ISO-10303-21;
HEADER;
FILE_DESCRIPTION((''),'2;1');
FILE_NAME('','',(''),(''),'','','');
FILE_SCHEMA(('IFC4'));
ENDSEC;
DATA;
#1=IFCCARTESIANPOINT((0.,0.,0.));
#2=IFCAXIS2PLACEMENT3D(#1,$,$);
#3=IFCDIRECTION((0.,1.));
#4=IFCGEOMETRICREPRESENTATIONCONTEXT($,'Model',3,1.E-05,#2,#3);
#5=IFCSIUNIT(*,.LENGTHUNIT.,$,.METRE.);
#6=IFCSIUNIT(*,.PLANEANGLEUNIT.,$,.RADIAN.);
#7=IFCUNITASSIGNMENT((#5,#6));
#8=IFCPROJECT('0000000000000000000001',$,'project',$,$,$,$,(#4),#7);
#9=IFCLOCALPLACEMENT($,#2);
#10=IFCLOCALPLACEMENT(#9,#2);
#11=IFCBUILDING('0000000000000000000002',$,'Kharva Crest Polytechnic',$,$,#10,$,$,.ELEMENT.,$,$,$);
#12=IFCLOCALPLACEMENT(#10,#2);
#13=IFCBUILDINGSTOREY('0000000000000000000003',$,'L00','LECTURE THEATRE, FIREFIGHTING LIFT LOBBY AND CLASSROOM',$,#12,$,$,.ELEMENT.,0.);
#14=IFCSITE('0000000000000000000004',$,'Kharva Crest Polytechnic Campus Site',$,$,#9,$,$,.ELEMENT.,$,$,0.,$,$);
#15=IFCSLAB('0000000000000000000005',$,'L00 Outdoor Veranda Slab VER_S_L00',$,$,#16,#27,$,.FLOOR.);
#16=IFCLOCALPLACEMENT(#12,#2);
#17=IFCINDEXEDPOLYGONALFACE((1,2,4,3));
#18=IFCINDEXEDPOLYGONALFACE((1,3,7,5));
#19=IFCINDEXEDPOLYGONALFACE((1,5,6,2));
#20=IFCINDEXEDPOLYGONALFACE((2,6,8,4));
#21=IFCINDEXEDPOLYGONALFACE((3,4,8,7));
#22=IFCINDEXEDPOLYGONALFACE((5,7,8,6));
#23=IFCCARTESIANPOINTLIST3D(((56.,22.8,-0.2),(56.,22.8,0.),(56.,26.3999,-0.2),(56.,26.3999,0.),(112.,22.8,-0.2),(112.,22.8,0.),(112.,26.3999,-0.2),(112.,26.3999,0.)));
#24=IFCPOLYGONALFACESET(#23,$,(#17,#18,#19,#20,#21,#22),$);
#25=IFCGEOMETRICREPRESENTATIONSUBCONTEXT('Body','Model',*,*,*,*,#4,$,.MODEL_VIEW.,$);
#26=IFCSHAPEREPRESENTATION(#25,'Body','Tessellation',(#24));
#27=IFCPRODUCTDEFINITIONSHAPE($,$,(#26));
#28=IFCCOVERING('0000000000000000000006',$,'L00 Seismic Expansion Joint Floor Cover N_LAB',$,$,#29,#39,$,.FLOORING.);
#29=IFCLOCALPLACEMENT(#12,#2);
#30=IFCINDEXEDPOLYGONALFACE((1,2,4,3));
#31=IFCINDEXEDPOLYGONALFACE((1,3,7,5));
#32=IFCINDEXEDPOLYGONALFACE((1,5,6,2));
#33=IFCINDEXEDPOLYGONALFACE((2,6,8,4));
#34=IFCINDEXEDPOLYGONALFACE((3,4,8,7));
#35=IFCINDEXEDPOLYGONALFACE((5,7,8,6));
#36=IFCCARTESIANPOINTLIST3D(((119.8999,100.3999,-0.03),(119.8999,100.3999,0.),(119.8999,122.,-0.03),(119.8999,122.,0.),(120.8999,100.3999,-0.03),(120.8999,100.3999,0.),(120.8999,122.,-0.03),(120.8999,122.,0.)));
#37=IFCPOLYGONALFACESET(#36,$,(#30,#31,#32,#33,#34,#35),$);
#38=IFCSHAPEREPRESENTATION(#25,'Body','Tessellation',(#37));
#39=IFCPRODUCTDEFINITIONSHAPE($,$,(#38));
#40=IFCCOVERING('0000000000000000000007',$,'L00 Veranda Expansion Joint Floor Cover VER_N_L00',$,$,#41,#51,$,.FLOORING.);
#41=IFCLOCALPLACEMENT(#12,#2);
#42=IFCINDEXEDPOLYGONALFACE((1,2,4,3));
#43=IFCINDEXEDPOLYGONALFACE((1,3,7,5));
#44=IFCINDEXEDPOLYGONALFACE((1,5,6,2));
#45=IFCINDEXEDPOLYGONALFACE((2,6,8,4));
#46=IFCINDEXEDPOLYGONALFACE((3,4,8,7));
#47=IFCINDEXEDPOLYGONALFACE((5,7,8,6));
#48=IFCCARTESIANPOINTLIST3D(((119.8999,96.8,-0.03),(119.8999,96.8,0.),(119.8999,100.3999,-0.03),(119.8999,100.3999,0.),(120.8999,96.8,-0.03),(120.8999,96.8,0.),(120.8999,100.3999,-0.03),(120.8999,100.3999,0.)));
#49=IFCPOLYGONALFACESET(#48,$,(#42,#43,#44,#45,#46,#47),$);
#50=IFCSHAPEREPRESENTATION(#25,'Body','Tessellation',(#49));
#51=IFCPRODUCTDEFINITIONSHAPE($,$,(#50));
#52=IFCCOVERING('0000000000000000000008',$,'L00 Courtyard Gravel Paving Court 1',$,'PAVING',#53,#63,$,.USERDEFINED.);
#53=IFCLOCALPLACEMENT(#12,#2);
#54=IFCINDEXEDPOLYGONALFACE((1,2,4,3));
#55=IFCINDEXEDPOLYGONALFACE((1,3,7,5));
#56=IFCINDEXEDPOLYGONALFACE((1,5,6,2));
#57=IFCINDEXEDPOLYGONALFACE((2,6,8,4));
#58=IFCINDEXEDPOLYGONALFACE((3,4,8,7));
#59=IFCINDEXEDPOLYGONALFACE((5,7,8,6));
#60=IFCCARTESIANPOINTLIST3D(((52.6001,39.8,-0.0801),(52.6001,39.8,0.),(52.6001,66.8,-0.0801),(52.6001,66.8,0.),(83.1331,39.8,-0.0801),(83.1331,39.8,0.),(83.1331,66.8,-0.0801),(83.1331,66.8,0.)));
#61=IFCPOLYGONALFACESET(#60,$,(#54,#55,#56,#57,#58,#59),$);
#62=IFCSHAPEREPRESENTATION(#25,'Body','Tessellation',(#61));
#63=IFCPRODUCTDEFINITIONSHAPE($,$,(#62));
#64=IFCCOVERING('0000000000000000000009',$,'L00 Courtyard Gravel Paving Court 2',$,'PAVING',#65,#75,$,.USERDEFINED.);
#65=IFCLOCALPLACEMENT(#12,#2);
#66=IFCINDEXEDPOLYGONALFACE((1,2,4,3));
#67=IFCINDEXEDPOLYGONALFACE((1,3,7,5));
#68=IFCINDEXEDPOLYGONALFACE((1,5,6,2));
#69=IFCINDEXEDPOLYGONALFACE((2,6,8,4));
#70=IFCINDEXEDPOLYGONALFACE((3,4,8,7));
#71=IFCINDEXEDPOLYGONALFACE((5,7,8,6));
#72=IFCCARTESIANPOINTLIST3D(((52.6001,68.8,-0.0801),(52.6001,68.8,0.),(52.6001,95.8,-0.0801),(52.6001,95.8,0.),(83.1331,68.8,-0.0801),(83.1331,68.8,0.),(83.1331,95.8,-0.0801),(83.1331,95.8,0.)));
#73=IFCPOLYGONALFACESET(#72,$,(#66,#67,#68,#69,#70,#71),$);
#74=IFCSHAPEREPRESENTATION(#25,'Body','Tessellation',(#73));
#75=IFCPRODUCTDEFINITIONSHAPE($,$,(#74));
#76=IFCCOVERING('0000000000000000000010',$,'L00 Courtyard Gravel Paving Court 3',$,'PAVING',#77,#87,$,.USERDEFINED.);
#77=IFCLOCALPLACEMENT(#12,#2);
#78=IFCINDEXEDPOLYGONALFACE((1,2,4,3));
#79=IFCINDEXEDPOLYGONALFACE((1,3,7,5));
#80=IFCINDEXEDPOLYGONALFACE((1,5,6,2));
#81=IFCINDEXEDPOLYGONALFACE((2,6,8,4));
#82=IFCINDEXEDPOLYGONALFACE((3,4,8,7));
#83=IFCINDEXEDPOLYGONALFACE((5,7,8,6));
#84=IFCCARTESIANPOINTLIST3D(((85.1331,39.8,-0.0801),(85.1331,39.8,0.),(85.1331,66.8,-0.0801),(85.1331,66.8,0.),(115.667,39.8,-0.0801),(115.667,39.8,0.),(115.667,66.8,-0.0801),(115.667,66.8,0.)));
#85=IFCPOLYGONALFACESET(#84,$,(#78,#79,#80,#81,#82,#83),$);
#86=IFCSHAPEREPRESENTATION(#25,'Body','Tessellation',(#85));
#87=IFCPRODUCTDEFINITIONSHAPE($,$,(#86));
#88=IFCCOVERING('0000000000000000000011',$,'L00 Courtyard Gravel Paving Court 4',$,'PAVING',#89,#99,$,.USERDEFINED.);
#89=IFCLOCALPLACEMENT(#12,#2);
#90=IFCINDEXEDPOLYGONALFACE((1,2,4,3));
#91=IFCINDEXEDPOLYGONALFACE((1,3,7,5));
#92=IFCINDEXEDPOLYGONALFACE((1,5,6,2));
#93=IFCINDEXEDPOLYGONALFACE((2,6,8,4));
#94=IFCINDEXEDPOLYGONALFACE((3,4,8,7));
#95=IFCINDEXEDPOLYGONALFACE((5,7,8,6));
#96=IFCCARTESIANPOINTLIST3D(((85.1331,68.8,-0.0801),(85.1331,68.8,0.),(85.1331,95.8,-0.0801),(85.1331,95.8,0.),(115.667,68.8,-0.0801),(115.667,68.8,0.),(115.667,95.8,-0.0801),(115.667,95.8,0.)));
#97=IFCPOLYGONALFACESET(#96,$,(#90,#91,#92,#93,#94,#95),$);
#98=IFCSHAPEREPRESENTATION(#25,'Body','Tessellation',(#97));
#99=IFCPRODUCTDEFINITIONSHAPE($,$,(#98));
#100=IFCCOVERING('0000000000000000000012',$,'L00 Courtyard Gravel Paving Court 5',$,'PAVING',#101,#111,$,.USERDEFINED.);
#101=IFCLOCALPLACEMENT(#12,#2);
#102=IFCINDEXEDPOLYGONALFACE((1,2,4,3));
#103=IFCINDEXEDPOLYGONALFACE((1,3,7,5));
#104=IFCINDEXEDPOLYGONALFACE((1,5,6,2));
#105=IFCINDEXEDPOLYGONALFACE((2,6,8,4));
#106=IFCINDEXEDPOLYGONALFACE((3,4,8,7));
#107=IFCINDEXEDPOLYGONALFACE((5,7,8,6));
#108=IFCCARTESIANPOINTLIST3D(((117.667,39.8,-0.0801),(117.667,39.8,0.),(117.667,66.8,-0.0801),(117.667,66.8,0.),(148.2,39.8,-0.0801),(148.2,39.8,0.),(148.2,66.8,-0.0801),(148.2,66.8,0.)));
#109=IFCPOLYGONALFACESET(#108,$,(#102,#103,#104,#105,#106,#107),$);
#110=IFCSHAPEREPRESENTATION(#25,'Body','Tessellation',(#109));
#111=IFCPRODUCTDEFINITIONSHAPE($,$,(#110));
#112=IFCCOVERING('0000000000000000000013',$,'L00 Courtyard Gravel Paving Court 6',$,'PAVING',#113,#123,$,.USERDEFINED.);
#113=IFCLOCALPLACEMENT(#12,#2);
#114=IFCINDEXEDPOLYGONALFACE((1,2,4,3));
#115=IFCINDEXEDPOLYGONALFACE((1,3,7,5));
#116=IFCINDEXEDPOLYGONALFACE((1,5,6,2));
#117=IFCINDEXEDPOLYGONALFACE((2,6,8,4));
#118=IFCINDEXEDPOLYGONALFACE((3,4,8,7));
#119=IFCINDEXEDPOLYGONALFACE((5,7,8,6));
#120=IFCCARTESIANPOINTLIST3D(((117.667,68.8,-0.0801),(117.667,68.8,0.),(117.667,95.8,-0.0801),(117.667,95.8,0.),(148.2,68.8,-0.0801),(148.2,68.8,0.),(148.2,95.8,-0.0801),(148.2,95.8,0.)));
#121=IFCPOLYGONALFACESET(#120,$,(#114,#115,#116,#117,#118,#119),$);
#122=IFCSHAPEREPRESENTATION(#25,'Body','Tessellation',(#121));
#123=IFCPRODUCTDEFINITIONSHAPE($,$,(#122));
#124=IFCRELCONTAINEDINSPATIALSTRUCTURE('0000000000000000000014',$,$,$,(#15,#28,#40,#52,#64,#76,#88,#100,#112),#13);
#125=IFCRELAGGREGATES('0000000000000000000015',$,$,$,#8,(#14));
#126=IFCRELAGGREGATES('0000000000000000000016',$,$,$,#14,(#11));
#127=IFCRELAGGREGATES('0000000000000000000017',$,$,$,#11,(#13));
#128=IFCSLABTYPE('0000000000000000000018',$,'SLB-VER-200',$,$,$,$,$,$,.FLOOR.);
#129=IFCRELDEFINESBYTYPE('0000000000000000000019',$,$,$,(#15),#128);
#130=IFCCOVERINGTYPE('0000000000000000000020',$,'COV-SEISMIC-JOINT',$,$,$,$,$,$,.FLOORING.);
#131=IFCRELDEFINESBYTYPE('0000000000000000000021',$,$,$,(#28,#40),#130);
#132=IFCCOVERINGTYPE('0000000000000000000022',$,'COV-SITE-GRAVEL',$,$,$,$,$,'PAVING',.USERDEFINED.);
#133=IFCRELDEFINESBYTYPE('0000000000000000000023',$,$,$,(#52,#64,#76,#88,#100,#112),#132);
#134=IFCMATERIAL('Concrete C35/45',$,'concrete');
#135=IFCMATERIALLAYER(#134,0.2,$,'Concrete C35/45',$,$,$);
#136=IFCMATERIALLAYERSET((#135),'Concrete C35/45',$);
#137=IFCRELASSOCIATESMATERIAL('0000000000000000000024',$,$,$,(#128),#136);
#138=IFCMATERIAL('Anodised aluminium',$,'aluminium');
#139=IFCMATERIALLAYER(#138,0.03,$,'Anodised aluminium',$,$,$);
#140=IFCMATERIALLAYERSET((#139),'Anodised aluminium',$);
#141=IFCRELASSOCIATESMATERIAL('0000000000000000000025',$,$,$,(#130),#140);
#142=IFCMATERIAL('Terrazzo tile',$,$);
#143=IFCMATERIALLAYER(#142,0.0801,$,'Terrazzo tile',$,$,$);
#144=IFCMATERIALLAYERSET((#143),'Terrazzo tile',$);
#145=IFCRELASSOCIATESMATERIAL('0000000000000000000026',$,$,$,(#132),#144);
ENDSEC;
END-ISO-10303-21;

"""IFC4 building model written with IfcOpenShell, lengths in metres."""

from ifc_helpers import new_model, si_unit, direction, frame, origin, place, context, subcontext, project, spatial, polyline, outline, extrude, material, layer, layer_set, type_object, element, save


model = new_model("IFC4")

# Units and contexts
model_context = context("Model", 3, precision=1e-05, world=origin(), true_north=direction((0.0, 1.0)))
body_context = subcontext(model_context, "Body", "Model", "MODEL_VIEW")
ifc_project = project(units=[si_unit("LENGTHUNIT", "METRE"), si_unit("PLANEANGLEUNIT", "RADIAN")], contexts=[model_context])

# Site, building, storey
site_placement = place(None, origin())
site = spatial("IfcSite", under=ifc_project, at=site_placement, Name="Kharva Crest Polytechnic Campus Site", CompositionType="ELEMENT", RefElevation=0.0)
building_placement = place(site_placement, origin())
building = spatial("IfcBuilding", under=site, at=building_placement, Name="Kharva Crest Polytechnic", CompositionType="ELEMENT")
storey_placement = place(building_placement, origin())
storey = spatial("IfcBuildingStorey", under=building, at=storey_placement, Name="L00", Description="LECTURE THEATRE, FIREFIGHTING LIFT LOBBY AND CLASSROOM", CompositionType="ELEMENT", Elevation=0.0)

# Shared definitions
ifc_material_1 = material(Name="Concrete C35/45", Category="concrete")

# Slab
ifc_layer_1 = layer(ifc_material_1, 0.2, Name="Concrete C35/45")
ifc_layer_set_1 = layer_set([ifc_layer_1], Name="Concrete C35/45")
slab_type_1 = type_object("IfcSlabType", Name="SLB-VER-200", PredefinedType="FLOOR", material=ifc_layer_set_1)
slab_1_placement = place(storey_placement, frame((0.0, 0.0, -0.2)))
element("IfcSlab", 1, at=slab_1_placement, inside=storey, type_object=slab_type_1, Name="L00 Outdoor Veranda Slab VER_S_L00", PredefinedType="FLOOR", context=body_context, shape_type="SweptSolid", body=[
    extrude(outline(polyline([(56.0, 22.8), (112.0, 22.8), (112.0, 26.3999), (56.0, 26.3999), (56.0, 22.8)])), origin(), (0.0, 0.0, 1.0), 0.2),
])

# Coverings
ifc_material_2 = material(Name="Anodised aluminium", Category="aluminium")
ifc_layer_2 = layer(ifc_material_2, 0.03, Name="Anodised aluminium")
ifc_layer_set_2 = layer_set([ifc_layer_2], Name="Anodised aluminium")
covering_type_1 = type_object("IfcCoveringType", Name="COV-SEISMIC-JOINT", PredefinedType="FLOORING", material=ifc_layer_set_2)
covering_1_placement = place(storey_placement, frame((0.0, 0.0, -0.03)))
element("IfcCovering", 2, at=covering_1_placement, inside=storey, type_object=covering_type_1, Name="L00 Seismic Expansion Joint Floor Cover N_LAB", PredefinedType="FLOORING", context=body_context, shape_type="SweptSolid", body=[
    extrude(outline(polyline([(119.8999, 100.3999), (120.8999, 100.3999), (120.8999, 122.0), (119.8999, 122.0), (119.8999, 100.3999)])), origin(), (0.0, 0.0, 1.0), 0.03),
])
covering_2_placement = place(storey_placement, frame((0.0, 0.0, -0.03)))
element("IfcCovering", 3, at=covering_2_placement, inside=storey, type_object=covering_type_1, Name="L00 Veranda Expansion Joint Floor Cover VER_N_L00", PredefinedType="FLOORING", context=body_context, shape_type="SweptSolid", body=[
    extrude(outline(polyline([(119.8999, 96.8), (120.8999, 96.8), (120.8999, 100.3999), (119.8999, 100.3999), (119.8999, 96.8)])), origin(), (0.0, 0.0, 1.0), 0.03),
])
ifc_material_3 = material(Name="Terrazzo tile")
ifc_layer_3 = layer(ifc_material_3, 0.0801, Name="Terrazzo tile")
ifc_layer_set_3 = layer_set([ifc_layer_3], Name="Terrazzo tile")
covering_type_2 = type_object("IfcCoveringType", Name="COV-SITE-GRAVEL", ElementType="PAVING", PredefinedType="USERDEFINED", material=ifc_layer_set_3)
covering_3_placement = place(storey_placement, frame((0.0, 0.0, -0.0801)))
element("IfcCovering", 4, at=covering_3_placement, inside=storey, type_object=covering_type_2, Name="L00 Courtyard Gravel Paving Court 1", ObjectType="PAVING", PredefinedType="USERDEFINED", context=body_context, shape_type="SweptSolid", body=[
    extrude(outline(polyline([(52.6001, 39.8), (83.1331, 39.8), (83.1331, 66.8), (52.6001, 66.8), (52.6001, 39.8)])), origin(), (0.0, 0.0, 1.0), 0.0801),
])
covering_4_placement = place(storey_placement, frame((0.0, 0.0, -0.0801)))
element("IfcCovering", 5, at=covering_4_placement, inside=storey, type_object=covering_type_2, Name="L00 Courtyard Gravel Paving Court 2", ObjectType="PAVING", PredefinedType="USERDEFINED", context=body_context, shape_type="SweptSolid", body=[
    extrude(outline(polyline([(52.6001, 68.8), (83.1331, 68.8), (83.1331, 95.8), (52.6001, 95.8), (52.6001, 68.8)])), origin(), (0.0, 0.0, 1.0), 0.0801),
])
covering_5_placement = place(storey_placement, frame((0.0, 0.0, -0.0801)))
element("IfcCovering", 6, at=covering_5_placement, inside=storey, type_object=covering_type_2, Name="L00 Courtyard Gravel Paving Court 3", ObjectType="PAVING", PredefinedType="USERDEFINED", context=body_context, shape_type="SweptSolid", body=[
    extrude(outline(polyline([(85.1331, 39.8), (115.667, 39.8), (115.667, 66.8), (85.1331, 66.8), (85.1331, 39.8)])), origin(), (0.0, 0.0, 1.0), 0.0801),
])
covering_6_placement = place(storey_placement, frame((0.0, 0.0, -0.0801)))
element("IfcCovering", 7, at=covering_6_placement, inside=storey, type_object=covering_type_2, Name="L00 Courtyard Gravel Paving Court 4", ObjectType="PAVING", PredefinedType="USERDEFINED", context=body_context, shape_type="SweptSolid", body=[
    extrude(outline(polyline([(85.1331, 68.8), (115.667, 68.8), (115.667, 95.8), (85.1331, 95.8), (85.1331, 68.8)])), origin(), (0.0, 0.0, 1.0), 0.0801),
])
covering_7_placement = place(storey_placement, frame((0.0, 0.0, -0.0801)))
element("IfcCovering", 8, at=covering_7_placement, inside=storey, type_object=covering_type_2, Name="L00 Courtyard Gravel Paving Court 5", ObjectType="PAVING", PredefinedType="USERDEFINED", context=body_context, shape_type="SweptSolid", body=[
    extrude(outline(polyline([(117.667, 39.8), (148.2, 39.8), (148.2, 66.8), (117.667, 66.8), (117.667, 39.8)])), origin(), (0.0, 0.0, 1.0), 0.0801),
])
covering_8_placement = place(storey_placement, frame((0.0, 0.0, -0.0801)))
element("IfcCovering", 9, at=covering_8_placement, inside=storey, type_object=covering_type_2, Name="L00 Courtyard Gravel Paving Court 6", ObjectType="PAVING", PredefinedType="USERDEFINED", context=body_context, shape_type="SweptSolid", body=[
    extrude(outline(polyline([(117.667, 68.8), (148.2, 68.8), (148.2, 95.8), (117.667, 95.8), (117.667, 68.8)])), origin(), (0.0, 0.0, 1.0), 0.0801),
])

save(model, "model.ifc")
